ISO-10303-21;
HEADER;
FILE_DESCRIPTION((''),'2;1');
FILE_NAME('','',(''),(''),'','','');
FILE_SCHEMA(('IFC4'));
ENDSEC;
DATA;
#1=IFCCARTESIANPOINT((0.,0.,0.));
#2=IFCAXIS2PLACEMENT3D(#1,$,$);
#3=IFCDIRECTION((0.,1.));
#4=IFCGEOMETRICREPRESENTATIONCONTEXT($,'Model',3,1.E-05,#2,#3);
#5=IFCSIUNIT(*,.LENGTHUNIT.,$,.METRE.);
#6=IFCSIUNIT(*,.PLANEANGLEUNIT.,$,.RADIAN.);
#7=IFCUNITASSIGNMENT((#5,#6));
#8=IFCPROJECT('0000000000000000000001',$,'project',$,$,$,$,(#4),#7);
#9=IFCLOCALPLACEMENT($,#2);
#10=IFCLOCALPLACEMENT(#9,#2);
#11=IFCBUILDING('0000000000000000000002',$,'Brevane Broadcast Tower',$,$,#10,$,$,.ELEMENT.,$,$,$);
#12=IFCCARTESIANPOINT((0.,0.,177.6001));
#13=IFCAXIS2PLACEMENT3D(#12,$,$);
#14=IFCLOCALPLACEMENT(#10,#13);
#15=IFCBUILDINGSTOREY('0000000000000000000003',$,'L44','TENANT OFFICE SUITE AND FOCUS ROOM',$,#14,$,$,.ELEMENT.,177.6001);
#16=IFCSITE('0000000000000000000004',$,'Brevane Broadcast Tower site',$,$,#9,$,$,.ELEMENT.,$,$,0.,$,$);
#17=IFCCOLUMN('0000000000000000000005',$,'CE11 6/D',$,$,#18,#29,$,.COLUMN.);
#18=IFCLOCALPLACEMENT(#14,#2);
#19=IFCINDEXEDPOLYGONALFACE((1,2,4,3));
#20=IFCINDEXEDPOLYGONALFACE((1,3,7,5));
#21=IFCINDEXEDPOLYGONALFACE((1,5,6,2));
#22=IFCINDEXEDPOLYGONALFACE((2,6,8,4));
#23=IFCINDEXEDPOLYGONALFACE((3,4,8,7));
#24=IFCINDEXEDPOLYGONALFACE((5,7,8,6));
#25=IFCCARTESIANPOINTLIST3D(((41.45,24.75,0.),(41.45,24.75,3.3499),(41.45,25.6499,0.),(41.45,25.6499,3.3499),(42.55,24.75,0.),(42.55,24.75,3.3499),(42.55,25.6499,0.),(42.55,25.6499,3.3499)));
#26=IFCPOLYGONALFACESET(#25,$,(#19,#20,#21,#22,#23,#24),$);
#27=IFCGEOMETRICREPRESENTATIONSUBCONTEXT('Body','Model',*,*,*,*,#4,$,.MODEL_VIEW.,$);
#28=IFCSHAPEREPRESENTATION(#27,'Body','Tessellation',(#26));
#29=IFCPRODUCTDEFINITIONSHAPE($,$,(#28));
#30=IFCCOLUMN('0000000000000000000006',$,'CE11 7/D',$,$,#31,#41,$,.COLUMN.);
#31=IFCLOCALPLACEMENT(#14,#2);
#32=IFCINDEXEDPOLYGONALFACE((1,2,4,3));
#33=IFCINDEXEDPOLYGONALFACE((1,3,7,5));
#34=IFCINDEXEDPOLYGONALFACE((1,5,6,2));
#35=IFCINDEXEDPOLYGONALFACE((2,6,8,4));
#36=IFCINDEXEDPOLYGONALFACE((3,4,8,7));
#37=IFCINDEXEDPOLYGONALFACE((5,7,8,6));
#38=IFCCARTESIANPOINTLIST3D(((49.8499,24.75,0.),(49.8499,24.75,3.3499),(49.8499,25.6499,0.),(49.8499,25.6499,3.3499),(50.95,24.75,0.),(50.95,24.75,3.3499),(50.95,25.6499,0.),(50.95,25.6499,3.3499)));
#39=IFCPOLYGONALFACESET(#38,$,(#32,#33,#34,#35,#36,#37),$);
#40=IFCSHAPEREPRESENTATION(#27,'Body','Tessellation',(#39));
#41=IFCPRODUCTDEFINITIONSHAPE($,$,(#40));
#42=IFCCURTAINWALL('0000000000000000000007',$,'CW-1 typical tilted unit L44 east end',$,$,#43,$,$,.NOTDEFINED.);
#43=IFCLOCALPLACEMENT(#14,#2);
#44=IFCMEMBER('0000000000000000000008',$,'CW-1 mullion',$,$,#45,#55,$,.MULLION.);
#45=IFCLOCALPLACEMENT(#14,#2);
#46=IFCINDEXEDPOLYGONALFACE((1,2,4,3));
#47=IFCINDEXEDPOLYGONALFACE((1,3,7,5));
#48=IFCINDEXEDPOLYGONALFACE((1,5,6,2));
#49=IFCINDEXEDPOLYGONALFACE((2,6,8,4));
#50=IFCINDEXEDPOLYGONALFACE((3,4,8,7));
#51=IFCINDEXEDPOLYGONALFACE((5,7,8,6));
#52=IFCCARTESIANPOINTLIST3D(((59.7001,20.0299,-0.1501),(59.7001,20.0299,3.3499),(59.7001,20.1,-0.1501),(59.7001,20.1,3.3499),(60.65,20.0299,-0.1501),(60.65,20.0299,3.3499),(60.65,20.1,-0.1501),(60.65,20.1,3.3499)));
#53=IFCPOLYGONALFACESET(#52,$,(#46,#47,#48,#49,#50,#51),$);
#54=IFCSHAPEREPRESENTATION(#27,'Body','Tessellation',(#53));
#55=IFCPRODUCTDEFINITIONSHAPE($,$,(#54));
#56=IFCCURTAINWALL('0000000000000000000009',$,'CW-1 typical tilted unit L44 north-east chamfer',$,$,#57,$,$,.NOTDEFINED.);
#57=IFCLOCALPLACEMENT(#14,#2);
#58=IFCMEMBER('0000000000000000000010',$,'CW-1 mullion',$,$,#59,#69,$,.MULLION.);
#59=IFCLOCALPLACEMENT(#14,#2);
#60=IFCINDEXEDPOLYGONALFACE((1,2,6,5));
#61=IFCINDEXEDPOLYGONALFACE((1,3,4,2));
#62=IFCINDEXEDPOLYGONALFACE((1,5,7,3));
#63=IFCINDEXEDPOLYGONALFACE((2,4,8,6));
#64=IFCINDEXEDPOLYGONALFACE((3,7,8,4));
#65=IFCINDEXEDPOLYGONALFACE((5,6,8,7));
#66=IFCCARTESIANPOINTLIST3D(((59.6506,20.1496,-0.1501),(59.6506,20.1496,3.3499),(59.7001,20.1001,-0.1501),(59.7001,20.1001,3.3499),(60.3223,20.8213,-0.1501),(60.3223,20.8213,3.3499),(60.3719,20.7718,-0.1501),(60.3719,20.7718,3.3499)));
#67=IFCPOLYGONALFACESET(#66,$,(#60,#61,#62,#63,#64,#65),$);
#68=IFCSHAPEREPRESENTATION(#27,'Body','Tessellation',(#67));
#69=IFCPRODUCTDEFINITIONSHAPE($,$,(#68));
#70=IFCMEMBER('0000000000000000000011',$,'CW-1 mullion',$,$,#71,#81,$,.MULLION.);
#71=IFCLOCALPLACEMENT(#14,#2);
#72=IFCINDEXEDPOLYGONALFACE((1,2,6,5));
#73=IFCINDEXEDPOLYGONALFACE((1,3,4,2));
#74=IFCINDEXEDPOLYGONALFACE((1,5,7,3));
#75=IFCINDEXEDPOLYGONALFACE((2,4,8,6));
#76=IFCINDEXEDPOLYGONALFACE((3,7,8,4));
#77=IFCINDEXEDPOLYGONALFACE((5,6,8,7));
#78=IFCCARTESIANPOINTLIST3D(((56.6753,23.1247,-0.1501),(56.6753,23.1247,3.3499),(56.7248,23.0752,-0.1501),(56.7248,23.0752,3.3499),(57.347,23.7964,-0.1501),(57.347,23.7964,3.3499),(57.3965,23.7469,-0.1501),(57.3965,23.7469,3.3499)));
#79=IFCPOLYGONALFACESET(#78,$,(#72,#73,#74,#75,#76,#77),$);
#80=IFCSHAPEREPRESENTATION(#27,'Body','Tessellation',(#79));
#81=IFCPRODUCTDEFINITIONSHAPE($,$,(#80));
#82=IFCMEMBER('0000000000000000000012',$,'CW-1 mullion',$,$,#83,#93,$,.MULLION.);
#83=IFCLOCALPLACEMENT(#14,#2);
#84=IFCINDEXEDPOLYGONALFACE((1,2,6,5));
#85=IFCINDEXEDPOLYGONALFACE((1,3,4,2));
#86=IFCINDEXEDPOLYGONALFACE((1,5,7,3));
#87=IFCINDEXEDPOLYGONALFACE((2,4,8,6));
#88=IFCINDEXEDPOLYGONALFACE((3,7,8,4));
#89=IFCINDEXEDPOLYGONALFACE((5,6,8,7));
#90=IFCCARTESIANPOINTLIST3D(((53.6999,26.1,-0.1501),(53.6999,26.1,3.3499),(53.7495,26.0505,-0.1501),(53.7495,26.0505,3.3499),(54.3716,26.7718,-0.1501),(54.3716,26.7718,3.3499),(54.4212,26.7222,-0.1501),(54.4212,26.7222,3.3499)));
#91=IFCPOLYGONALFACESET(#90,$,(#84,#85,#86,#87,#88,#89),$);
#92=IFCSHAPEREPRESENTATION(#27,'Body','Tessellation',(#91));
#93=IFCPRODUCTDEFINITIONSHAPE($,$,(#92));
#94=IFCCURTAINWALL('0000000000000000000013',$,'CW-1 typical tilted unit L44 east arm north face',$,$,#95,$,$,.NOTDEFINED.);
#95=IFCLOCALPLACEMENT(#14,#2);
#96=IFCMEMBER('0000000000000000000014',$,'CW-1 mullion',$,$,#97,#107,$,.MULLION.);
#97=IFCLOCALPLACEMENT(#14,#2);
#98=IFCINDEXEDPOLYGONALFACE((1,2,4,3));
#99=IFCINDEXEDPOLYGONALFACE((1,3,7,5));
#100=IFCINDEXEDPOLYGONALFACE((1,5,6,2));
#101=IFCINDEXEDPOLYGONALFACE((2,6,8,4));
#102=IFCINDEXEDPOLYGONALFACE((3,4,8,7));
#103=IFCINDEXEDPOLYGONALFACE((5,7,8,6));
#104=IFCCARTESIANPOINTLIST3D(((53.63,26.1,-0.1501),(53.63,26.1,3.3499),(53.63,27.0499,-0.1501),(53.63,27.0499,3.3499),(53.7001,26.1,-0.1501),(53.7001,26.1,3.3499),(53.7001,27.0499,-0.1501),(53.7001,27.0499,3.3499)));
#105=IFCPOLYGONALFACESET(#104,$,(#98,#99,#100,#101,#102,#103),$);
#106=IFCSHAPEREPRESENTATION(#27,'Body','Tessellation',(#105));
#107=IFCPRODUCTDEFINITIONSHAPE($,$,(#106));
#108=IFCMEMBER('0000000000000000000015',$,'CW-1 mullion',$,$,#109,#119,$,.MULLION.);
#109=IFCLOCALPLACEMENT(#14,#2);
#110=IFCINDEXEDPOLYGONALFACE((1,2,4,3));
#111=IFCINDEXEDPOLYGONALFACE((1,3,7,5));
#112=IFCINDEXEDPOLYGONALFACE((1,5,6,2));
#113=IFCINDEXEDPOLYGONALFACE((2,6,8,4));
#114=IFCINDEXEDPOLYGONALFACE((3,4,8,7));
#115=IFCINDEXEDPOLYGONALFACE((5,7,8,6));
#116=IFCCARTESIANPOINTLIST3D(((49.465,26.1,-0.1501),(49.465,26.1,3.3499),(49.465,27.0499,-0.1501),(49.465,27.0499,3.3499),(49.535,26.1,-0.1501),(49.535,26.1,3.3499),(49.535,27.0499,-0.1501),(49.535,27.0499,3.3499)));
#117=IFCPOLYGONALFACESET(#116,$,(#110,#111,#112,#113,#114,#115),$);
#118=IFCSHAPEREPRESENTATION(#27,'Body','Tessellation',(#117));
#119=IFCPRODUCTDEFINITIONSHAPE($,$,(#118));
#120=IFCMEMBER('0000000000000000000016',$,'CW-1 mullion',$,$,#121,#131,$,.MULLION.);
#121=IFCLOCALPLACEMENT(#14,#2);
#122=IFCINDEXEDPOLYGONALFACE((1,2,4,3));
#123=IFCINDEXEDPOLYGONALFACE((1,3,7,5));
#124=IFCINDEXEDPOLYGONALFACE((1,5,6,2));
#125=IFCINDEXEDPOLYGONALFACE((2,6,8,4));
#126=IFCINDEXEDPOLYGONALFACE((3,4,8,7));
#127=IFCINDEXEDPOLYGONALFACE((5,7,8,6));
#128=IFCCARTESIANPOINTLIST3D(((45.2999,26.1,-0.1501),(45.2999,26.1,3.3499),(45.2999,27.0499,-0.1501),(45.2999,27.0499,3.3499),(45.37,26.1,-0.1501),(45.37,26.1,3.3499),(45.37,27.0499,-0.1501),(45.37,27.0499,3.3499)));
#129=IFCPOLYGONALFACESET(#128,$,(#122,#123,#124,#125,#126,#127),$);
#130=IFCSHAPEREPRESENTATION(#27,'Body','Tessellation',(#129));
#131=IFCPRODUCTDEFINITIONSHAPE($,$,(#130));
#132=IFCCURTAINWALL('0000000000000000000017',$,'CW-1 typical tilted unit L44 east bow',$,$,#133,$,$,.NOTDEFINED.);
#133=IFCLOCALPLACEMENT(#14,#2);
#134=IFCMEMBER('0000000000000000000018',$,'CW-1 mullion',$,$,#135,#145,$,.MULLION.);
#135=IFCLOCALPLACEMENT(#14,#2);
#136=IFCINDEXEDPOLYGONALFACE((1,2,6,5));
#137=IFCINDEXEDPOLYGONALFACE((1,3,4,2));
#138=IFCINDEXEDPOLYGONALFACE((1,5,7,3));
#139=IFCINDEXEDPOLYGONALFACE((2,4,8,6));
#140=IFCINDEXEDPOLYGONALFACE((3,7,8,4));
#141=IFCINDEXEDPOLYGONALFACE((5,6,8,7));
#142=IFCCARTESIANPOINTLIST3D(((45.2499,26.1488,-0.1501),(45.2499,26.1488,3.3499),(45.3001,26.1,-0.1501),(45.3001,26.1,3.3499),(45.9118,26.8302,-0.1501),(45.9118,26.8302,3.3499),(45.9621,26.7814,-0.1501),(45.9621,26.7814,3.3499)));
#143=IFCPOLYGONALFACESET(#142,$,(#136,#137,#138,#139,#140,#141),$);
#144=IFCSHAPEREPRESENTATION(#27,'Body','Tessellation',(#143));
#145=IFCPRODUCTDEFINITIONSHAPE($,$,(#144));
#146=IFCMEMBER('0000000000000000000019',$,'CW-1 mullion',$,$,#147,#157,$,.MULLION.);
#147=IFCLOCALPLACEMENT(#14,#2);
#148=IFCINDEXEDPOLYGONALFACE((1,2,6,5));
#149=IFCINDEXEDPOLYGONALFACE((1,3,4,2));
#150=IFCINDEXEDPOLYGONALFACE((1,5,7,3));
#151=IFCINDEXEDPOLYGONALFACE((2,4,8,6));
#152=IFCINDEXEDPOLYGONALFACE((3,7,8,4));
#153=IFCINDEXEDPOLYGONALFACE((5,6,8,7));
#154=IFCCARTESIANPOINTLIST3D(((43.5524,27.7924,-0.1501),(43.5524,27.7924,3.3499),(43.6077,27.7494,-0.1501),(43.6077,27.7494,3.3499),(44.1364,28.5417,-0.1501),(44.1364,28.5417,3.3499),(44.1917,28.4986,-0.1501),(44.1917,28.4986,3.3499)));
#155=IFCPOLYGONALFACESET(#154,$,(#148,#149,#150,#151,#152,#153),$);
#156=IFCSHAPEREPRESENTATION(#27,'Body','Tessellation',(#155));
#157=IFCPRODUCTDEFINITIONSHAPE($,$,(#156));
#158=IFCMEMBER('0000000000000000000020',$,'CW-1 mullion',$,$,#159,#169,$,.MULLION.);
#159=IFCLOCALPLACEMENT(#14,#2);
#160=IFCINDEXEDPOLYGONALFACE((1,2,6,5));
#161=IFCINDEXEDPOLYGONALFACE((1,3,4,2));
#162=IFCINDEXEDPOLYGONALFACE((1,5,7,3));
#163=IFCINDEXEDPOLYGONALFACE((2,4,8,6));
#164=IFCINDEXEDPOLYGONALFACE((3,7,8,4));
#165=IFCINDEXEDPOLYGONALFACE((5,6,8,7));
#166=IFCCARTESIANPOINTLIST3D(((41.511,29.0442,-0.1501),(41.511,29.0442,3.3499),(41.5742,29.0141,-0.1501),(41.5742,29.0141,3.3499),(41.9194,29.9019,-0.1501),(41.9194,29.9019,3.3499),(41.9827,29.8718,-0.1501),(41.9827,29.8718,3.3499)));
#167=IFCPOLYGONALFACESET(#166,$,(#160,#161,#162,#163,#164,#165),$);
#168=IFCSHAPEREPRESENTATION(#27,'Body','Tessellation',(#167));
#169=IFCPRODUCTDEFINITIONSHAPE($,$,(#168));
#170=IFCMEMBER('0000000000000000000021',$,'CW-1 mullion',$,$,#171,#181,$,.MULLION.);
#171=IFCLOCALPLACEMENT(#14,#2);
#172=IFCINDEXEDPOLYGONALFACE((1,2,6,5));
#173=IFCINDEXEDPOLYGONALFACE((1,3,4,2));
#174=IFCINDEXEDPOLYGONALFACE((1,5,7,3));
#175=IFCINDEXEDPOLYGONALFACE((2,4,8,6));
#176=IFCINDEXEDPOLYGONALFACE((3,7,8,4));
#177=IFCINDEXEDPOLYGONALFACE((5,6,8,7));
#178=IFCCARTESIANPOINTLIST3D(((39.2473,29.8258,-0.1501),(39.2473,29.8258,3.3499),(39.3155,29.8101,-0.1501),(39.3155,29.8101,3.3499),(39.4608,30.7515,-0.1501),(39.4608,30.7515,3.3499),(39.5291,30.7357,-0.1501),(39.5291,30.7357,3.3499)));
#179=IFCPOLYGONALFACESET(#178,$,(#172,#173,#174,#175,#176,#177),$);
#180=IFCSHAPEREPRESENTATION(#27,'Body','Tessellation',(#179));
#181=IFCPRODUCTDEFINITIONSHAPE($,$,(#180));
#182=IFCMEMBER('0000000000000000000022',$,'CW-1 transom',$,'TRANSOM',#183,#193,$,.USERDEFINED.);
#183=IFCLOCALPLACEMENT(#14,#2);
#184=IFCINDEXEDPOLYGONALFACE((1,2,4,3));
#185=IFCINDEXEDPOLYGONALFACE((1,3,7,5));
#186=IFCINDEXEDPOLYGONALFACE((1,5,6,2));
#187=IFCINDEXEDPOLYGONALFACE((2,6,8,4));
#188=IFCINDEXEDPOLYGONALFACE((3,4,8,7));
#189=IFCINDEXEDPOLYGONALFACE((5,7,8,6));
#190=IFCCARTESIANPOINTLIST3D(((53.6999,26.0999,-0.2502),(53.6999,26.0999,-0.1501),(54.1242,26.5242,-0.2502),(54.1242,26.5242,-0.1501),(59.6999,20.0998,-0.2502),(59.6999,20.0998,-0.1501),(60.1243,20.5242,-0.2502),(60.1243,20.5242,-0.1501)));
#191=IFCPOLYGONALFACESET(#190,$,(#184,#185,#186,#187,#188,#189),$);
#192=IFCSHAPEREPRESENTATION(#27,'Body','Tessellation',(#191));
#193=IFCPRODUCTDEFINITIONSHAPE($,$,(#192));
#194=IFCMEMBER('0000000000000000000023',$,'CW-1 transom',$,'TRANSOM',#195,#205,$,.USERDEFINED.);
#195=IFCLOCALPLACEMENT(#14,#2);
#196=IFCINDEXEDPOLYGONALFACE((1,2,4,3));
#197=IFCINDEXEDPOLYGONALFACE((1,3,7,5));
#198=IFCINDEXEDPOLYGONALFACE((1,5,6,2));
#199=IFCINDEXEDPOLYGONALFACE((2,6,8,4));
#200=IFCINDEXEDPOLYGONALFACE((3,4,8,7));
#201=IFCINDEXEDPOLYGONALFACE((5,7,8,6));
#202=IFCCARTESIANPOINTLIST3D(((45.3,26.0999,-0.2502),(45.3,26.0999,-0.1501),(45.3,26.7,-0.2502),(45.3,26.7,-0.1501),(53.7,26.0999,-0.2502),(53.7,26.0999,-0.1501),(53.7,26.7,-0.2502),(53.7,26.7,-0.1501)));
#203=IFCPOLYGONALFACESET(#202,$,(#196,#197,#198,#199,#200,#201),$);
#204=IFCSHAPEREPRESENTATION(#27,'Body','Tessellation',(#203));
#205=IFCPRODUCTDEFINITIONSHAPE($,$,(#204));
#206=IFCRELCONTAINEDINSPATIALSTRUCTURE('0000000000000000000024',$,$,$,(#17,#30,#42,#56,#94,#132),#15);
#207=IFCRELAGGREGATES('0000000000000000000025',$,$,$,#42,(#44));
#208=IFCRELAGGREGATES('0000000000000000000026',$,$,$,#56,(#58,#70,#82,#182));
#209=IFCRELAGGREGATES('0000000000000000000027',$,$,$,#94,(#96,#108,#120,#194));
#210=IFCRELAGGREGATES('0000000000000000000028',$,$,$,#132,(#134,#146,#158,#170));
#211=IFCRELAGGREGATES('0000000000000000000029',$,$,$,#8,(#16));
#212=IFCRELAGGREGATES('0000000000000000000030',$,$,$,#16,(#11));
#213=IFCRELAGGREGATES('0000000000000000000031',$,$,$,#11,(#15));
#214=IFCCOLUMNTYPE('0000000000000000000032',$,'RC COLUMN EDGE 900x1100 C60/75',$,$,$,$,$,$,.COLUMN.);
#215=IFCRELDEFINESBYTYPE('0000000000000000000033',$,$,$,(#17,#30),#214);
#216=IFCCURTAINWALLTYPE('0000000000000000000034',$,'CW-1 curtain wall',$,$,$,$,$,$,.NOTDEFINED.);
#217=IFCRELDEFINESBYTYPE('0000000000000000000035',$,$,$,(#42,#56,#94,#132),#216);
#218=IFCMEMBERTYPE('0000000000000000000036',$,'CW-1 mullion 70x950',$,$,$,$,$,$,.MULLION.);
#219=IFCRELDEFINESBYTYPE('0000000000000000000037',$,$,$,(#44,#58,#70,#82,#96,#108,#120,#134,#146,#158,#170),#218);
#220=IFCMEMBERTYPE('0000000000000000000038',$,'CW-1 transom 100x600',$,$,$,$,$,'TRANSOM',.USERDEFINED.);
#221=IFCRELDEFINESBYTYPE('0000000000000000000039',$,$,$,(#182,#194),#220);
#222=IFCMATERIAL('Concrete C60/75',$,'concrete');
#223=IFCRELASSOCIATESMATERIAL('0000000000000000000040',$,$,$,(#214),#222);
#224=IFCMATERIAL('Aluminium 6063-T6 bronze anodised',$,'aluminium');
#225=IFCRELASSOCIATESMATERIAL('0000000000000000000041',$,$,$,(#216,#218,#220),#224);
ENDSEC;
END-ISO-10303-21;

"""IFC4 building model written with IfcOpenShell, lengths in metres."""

from ifc_helpers import new_model, si_unit, direction, frame, origin, origin_2d, place, context, subcontext, project, spatial, rectangle, extrude, material, material_profile, profile_set, type_object, element, aggregate, save


model = new_model("IFC4")

# Units and contexts
model_context = context("Model", 3, precision=1e-05, world=origin(), true_north=direction((0.0, 1.0)))
body_context = subcontext(model_context, "Body", "Model", "MODEL_VIEW")
ifc_project = project(units=[si_unit("LENGTHUNIT", "METRE"), si_unit("PLANEANGLEUNIT", "RADIAN")], contexts=[model_context])

# Site, building, storey
site_placement = place(None, origin())
site = spatial("IfcSite", under=ifc_project, at=site_placement, Name="Brevane Broadcast Tower site", CompositionType="ELEMENT", RefElevation=0.0)
building_placement = place(site_placement, origin())
building = spatial("IfcBuilding", under=site, at=building_placement, Name="Brevane Broadcast Tower", CompositionType="ELEMENT")
storey_placement = place(building_placement, frame((0.0, 0.0, 177.6001)))
storey = spatial("IfcBuildingStorey", under=building, at=storey_placement, Name="L44", Description="TENANT OFFICE SUITE AND FOCUS ROOM", CompositionType="ELEMENT", Elevation=177.6001)

# Columns
ifc_material_1 = material(Name="Concrete C60/75", Category="concrete")
ifc_material_profile_1 = material_profile(ifc_material_1, rectangle(XDim=0.8999, YDim=1.1001, at=origin_2d()), Name="RC 900x1100")
ifc_profile_set_1 = profile_set([ifc_material_profile_1], Name="Concrete C60/75")
column_type = type_object("IfcColumnType", Name="RC COLUMN EDGE 900x1100 C60/75", PredefinedType="COLUMN", material=ifc_profile_set_1)
for number, where, z_axis, x_axis, name in (
    (1, (42.0, 25.2, 0.0), (0.0, 0.0, 1.0), (0.0, 1.0, 0.0), "CE11 6/D"),
    (2, (50.3999, 25.2, 0.0), (0.0, 0.0, 1.0), (0.0, 1.0, 0.0), "CE11 7/D"),
):
    element("IfcColumn", number, at=place(storey_placement, frame(where, z_axis=z_axis, x_axis=x_axis)), inside=storey, type_object=column_type, Name=name, PredefinedType="COLUMN", context=body_context, shape_type="SweptSolid", body=[
        extrude(rectangle(XDim=0.8999, YDim=1.1001, at=origin_2d()), origin(), (0.0, 0.0, 1.0), 3.3499),
    ])

# Curtain wall, member
ifc_material_2 = material(Name="Aluminium 6063-T6 bronze anodised", Category="aluminium")
curtain_wall_type = type_object("IfcCurtainWallType", Name="CW-1 curtain wall", PredefinedType="NOTDEFINED", material=ifc_material_2)
curtain_wall_1_placement = place(storey_placement, origin())
curtain_wall_1 = element("IfcCurtainWall", 3, at=curtain_wall_1_placement, inside=storey, type_object=curtain_wall_type, Name="CW-1 typical tilted unit L44 east end", PredefinedType="NOTDEFINED")
ifc_material_profile_2 = material_profile(ifc_material_2, rectangle(XDim=0.95, YDim=0.0701, at=origin_2d()), Name="RECT 70x950")
ifc_profile_set_2 = profile_set([ifc_material_profile_2], Name="Aluminium 6063-T6 bronze anodised")
member_type_1 = type_object("IfcMemberType", Name="CW-1 mullion 70x950", PredefinedType="MULLION", material=ifc_profile_set_2)
member_1_placement = place(storey_placement, frame((60.175, 20.0649, -0.1501), z_axis=(0.0, 0.0, 1.0), x_axis=(-1.0, 0.0, 0.0)))
member_1 = element("IfcMember", 4, at=member_1_placement, type_object=member_type_1, Name="CW-1 mullion", PredefinedType="MULLION", context=body_context, shape_type="SweptSolid", body=[
    extrude(rectangle(XDim=0.95, YDim=0.0701, at=origin_2d()), origin(), (0.0, 0.0, 1.0), 3.5),
])
aggregate(curtain_wall_1, [member_1])

# Curtain walls, members
curtain_wall_2_placement = place(storey_placement, origin())
curtain_wall_2 = element("IfcCurtainWall", 5, at=curtain_wall_2_placement, inside=storey, type_object=curtain_wall_type, Name="CW-1 typical tilted unit L44 north-east chamfer", PredefinedType="NOTDEFINED")
member_2_placement = place(storey_placement, frame((60.0112, 20.4607, -0.1501), z_axis=(0.0, 0.0, 1.0), x_axis=(-0.707107, -0.707107, 0.0)))
member_2 = element("IfcMember", 6, at=member_2_placement, type_object=member_type_1, Name="CW-1 mullion", PredefinedType="MULLION", context=body_context, shape_type="SweptSolid", body=[
    extrude(rectangle(XDim=0.95, YDim=0.0701, at=origin_2d()), origin(), (0.0, 0.0, 1.0), 3.5),
])
member_3_placement = place(storey_placement, frame((57.0359, 23.4358, -0.1501), z_axis=(0.0, 0.0, 1.0), x_axis=(-0.707107, -0.707107, 0.0)))
member_3 = element("IfcMember", 7, at=member_3_placement, type_object=member_type_1, Name="CW-1 mullion", PredefinedType="MULLION", context=body_context, shape_type="SweptSolid", body=[
    extrude(rectangle(XDim=0.95, YDim=0.0701, at=origin_2d()), origin(), (0.0, 0.0, 1.0), 3.5),
])
member_4_placement = place(storey_placement, frame((54.0605, 26.4111, -0.1501), z_axis=(0.0, 0.0, 1.0), x_axis=(-0.707107, -0.707107, 0.0)))
member_4 = element("IfcMember", 8, at=member_4_placement, type_object=member_type_1, Name="CW-1 mullion", PredefinedType="MULLION", context=body_context, shape_type="SweptSolid", body=[
    extrude(rectangle(XDim=0.95, YDim=0.0701, at=origin_2d()), origin(), (0.0, 0.0, 1.0), 3.5),
])
curtain_wall_3_placement = place(storey_placement, origin())
curtain_wall_3 = element("IfcCurtainWall", 9, at=curtain_wall_3_placement, inside=storey, type_object=curtain_wall_type, Name="CW-1 typical tilted unit L44 east arm north face", PredefinedType="NOTDEFINED")
member_5_placement = place(storey_placement, frame((53.665, 26.575, -0.1501), z_axis=(0.0, 0.0, 1.0), x_axis=(0.0, -1.0, 0.0)))
member_5 = element("IfcMember", 10, at=member_5_placement, type_object=member_type_1, Name="CW-1 mullion", PredefinedType="MULLION", context=body_context, shape_type="SweptSolid", body=[
    extrude(rectangle(XDim=0.95, YDim=0.0701, at=origin_2d()), origin(), (0.0, 0.0, 1.0), 3.5),
])
member_6_placement = place(storey_placement, frame((49.5, 26.575, -0.1501), z_axis=(0.0, 0.0, 1.0), x_axis=(0.0, -1.0, 0.0)))
member_6 = element("IfcMember", 11, at=member_6_placement, type_object=member_type_1, Name="CW-1 mullion", PredefinedType="MULLION", context=body_context, shape_type="SweptSolid", body=[
    extrude(rectangle(XDim=0.95, YDim=0.0701, at=origin_2d()), origin(), (0.0, 0.0, 1.0), 3.5),
])
member_7_placement = place(storey_placement, frame((45.335, 26.575, -0.1501), z_axis=(0.0, 0.0, 1.0), x_axis=(0.0, -1.0, 0.0)))
member_7 = element("IfcMember", 12, at=member_7_placement, type_object=member_type_1, Name="CW-1 mullion", PredefinedType="MULLION", context=body_context, shape_type="SweptSolid", body=[
    extrude(rectangle(XDim=0.95, YDim=0.0701, at=origin_2d()), origin(), (0.0, 0.0, 1.0), 3.5),
])
curtain_wall_4_placement = place(storey_placement, origin())
curtain_wall_4 = element("IfcCurtainWall", 13, at=curtain_wall_4_placement, inside=storey, type_object=curtain_wall_type, Name="CW-1 typical tilted unit L44 east bow", PredefinedType="NOTDEFINED")
member_8_placement = place(storey_placement, frame((45.606, 26.4651, -0.1501), z_axis=(0.0, 0.0, 1.0), x_axis=(-0.696812, -0.717254, 0.0)))
member_8 = element("IfcMember", 14, at=member_8_placement, type_object=member_type_1, Name="CW-1 mullion", PredefinedType="MULLION", context=body_context, shape_type="SweptSolid", body=[
    extrude(rectangle(XDim=0.95, YDim=0.0701, at=origin_2d()), origin(), (0.0, 0.0, 1.0), 3.5),
])
member_9_placement = place(storey_placement, frame((43.8721, 28.1455, -0.1501), z_axis=(0.0, 0.0, 1.0), x_axis=(-0.61477, -0.788707, 0.0)))
member_9 = element("IfcMember", 15, at=member_9_placement, type_object=member_type_1, Name="CW-1 mullion", PredefinedType="MULLION", context=body_context, shape_type="SweptSolid", body=[
    extrude(rectangle(XDim=0.95, YDim=0.0701, at=origin_2d()), origin(), (0.0, 0.0, 1.0), 3.5),
])
member_10_placement = place(storey_placement, frame((41.7468, 29.458, -0.1501), z_axis=(0.0, 0.0, 1.0), x_axis=(-0.429934, -0.902861, 0.0)))
member_10 = element("IfcMember", 16, at=member_10_placement, type_object=member_type_1, Name="CW-1 mullion", PredefinedType="MULLION", context=body_context, shape_type="SweptSolid", body=[
    extrude(rectangle(XDim=0.95, YDim=0.0701, at=origin_2d()), origin(), (0.0, 0.0, 1.0), 3.5),
])
member_11_placement = place(storey_placement, frame((39.3882, 30.2808, -0.1501), z_axis=(0.0, 0.0, 1.0), x_axis=(-0.224807, -0.974403, 0.0)))
member_11 = element("IfcMember", 17, at=member_11_placement, type_object=member_type_1, Name="CW-1 mullion", PredefinedType="MULLION", context=body_context, shape_type="SweptSolid", body=[
    extrude(rectangle(XDim=0.95, YDim=0.0701, at=origin_2d()), origin(), (0.0, 0.0, 1.0), 3.5),
])

# Members
ifc_material_profile_3 = material_profile(ifc_material_2, rectangle(XDim=0.6001, YDim=0.1001, at=origin_2d()), Name="RECT 100x600")
ifc_profile_set_3 = profile_set([ifc_material_profile_3], Name="Aluminium 6063-T6 bronze anodised")
member_type_2 = type_object("IfcMemberType", Name="CW-1 transom 100x600", ElementType="TRANSOM", PredefinedType="USERDEFINED", material=ifc_profile_set_3)
member_12_placement = place(storey_placement, frame((59.9121, 20.312, -0.2002), z_axis=(-0.707107, 0.707107, 0.0), x_axis=(-0.707107, -0.707107, 0.0)))
member_12 = element("IfcMember", 18, at=member_12_placement, type_object=member_type_2, Name="CW-1 transom", ObjectType="TRANSOM", PredefinedType="USERDEFINED", context=body_context, shape_type="SweptSolid", body=[
    extrude(rectangle(XDim=0.6001, YDim=0.1001, at=origin_2d()), origin(), (0.0, 0.0, 1.0), 8.4854),
])
aggregate(curtain_wall_2, [member_2, member_3, member_4, member_12])
member_13_placement = place(storey_placement, frame((53.7, 26.3999, -0.2002), z_axis=(-1.0, 0.0, 0.0), x_axis=(0.0, -1.0, 0.0)))
member_13 = element("IfcMember", 19, at=member_13_placement, type_object=member_type_2, Name="CW-1 transom", ObjectType="TRANSOM", PredefinedType="USERDEFINED", context=body_context, shape_type="SweptSolid", body=[
    extrude(rectangle(XDim=0.6001, YDim=0.1001, at=origin_2d()), origin(), (0.0, 0.0, 1.0), 8.3999),
])
aggregate(curtain_wall_3, [member_5, member_6, member_7, member_13])
aggregate(curtain_wall_4, [member_8, member_9, member_10, member_11])

save(model, "model.ifc")
